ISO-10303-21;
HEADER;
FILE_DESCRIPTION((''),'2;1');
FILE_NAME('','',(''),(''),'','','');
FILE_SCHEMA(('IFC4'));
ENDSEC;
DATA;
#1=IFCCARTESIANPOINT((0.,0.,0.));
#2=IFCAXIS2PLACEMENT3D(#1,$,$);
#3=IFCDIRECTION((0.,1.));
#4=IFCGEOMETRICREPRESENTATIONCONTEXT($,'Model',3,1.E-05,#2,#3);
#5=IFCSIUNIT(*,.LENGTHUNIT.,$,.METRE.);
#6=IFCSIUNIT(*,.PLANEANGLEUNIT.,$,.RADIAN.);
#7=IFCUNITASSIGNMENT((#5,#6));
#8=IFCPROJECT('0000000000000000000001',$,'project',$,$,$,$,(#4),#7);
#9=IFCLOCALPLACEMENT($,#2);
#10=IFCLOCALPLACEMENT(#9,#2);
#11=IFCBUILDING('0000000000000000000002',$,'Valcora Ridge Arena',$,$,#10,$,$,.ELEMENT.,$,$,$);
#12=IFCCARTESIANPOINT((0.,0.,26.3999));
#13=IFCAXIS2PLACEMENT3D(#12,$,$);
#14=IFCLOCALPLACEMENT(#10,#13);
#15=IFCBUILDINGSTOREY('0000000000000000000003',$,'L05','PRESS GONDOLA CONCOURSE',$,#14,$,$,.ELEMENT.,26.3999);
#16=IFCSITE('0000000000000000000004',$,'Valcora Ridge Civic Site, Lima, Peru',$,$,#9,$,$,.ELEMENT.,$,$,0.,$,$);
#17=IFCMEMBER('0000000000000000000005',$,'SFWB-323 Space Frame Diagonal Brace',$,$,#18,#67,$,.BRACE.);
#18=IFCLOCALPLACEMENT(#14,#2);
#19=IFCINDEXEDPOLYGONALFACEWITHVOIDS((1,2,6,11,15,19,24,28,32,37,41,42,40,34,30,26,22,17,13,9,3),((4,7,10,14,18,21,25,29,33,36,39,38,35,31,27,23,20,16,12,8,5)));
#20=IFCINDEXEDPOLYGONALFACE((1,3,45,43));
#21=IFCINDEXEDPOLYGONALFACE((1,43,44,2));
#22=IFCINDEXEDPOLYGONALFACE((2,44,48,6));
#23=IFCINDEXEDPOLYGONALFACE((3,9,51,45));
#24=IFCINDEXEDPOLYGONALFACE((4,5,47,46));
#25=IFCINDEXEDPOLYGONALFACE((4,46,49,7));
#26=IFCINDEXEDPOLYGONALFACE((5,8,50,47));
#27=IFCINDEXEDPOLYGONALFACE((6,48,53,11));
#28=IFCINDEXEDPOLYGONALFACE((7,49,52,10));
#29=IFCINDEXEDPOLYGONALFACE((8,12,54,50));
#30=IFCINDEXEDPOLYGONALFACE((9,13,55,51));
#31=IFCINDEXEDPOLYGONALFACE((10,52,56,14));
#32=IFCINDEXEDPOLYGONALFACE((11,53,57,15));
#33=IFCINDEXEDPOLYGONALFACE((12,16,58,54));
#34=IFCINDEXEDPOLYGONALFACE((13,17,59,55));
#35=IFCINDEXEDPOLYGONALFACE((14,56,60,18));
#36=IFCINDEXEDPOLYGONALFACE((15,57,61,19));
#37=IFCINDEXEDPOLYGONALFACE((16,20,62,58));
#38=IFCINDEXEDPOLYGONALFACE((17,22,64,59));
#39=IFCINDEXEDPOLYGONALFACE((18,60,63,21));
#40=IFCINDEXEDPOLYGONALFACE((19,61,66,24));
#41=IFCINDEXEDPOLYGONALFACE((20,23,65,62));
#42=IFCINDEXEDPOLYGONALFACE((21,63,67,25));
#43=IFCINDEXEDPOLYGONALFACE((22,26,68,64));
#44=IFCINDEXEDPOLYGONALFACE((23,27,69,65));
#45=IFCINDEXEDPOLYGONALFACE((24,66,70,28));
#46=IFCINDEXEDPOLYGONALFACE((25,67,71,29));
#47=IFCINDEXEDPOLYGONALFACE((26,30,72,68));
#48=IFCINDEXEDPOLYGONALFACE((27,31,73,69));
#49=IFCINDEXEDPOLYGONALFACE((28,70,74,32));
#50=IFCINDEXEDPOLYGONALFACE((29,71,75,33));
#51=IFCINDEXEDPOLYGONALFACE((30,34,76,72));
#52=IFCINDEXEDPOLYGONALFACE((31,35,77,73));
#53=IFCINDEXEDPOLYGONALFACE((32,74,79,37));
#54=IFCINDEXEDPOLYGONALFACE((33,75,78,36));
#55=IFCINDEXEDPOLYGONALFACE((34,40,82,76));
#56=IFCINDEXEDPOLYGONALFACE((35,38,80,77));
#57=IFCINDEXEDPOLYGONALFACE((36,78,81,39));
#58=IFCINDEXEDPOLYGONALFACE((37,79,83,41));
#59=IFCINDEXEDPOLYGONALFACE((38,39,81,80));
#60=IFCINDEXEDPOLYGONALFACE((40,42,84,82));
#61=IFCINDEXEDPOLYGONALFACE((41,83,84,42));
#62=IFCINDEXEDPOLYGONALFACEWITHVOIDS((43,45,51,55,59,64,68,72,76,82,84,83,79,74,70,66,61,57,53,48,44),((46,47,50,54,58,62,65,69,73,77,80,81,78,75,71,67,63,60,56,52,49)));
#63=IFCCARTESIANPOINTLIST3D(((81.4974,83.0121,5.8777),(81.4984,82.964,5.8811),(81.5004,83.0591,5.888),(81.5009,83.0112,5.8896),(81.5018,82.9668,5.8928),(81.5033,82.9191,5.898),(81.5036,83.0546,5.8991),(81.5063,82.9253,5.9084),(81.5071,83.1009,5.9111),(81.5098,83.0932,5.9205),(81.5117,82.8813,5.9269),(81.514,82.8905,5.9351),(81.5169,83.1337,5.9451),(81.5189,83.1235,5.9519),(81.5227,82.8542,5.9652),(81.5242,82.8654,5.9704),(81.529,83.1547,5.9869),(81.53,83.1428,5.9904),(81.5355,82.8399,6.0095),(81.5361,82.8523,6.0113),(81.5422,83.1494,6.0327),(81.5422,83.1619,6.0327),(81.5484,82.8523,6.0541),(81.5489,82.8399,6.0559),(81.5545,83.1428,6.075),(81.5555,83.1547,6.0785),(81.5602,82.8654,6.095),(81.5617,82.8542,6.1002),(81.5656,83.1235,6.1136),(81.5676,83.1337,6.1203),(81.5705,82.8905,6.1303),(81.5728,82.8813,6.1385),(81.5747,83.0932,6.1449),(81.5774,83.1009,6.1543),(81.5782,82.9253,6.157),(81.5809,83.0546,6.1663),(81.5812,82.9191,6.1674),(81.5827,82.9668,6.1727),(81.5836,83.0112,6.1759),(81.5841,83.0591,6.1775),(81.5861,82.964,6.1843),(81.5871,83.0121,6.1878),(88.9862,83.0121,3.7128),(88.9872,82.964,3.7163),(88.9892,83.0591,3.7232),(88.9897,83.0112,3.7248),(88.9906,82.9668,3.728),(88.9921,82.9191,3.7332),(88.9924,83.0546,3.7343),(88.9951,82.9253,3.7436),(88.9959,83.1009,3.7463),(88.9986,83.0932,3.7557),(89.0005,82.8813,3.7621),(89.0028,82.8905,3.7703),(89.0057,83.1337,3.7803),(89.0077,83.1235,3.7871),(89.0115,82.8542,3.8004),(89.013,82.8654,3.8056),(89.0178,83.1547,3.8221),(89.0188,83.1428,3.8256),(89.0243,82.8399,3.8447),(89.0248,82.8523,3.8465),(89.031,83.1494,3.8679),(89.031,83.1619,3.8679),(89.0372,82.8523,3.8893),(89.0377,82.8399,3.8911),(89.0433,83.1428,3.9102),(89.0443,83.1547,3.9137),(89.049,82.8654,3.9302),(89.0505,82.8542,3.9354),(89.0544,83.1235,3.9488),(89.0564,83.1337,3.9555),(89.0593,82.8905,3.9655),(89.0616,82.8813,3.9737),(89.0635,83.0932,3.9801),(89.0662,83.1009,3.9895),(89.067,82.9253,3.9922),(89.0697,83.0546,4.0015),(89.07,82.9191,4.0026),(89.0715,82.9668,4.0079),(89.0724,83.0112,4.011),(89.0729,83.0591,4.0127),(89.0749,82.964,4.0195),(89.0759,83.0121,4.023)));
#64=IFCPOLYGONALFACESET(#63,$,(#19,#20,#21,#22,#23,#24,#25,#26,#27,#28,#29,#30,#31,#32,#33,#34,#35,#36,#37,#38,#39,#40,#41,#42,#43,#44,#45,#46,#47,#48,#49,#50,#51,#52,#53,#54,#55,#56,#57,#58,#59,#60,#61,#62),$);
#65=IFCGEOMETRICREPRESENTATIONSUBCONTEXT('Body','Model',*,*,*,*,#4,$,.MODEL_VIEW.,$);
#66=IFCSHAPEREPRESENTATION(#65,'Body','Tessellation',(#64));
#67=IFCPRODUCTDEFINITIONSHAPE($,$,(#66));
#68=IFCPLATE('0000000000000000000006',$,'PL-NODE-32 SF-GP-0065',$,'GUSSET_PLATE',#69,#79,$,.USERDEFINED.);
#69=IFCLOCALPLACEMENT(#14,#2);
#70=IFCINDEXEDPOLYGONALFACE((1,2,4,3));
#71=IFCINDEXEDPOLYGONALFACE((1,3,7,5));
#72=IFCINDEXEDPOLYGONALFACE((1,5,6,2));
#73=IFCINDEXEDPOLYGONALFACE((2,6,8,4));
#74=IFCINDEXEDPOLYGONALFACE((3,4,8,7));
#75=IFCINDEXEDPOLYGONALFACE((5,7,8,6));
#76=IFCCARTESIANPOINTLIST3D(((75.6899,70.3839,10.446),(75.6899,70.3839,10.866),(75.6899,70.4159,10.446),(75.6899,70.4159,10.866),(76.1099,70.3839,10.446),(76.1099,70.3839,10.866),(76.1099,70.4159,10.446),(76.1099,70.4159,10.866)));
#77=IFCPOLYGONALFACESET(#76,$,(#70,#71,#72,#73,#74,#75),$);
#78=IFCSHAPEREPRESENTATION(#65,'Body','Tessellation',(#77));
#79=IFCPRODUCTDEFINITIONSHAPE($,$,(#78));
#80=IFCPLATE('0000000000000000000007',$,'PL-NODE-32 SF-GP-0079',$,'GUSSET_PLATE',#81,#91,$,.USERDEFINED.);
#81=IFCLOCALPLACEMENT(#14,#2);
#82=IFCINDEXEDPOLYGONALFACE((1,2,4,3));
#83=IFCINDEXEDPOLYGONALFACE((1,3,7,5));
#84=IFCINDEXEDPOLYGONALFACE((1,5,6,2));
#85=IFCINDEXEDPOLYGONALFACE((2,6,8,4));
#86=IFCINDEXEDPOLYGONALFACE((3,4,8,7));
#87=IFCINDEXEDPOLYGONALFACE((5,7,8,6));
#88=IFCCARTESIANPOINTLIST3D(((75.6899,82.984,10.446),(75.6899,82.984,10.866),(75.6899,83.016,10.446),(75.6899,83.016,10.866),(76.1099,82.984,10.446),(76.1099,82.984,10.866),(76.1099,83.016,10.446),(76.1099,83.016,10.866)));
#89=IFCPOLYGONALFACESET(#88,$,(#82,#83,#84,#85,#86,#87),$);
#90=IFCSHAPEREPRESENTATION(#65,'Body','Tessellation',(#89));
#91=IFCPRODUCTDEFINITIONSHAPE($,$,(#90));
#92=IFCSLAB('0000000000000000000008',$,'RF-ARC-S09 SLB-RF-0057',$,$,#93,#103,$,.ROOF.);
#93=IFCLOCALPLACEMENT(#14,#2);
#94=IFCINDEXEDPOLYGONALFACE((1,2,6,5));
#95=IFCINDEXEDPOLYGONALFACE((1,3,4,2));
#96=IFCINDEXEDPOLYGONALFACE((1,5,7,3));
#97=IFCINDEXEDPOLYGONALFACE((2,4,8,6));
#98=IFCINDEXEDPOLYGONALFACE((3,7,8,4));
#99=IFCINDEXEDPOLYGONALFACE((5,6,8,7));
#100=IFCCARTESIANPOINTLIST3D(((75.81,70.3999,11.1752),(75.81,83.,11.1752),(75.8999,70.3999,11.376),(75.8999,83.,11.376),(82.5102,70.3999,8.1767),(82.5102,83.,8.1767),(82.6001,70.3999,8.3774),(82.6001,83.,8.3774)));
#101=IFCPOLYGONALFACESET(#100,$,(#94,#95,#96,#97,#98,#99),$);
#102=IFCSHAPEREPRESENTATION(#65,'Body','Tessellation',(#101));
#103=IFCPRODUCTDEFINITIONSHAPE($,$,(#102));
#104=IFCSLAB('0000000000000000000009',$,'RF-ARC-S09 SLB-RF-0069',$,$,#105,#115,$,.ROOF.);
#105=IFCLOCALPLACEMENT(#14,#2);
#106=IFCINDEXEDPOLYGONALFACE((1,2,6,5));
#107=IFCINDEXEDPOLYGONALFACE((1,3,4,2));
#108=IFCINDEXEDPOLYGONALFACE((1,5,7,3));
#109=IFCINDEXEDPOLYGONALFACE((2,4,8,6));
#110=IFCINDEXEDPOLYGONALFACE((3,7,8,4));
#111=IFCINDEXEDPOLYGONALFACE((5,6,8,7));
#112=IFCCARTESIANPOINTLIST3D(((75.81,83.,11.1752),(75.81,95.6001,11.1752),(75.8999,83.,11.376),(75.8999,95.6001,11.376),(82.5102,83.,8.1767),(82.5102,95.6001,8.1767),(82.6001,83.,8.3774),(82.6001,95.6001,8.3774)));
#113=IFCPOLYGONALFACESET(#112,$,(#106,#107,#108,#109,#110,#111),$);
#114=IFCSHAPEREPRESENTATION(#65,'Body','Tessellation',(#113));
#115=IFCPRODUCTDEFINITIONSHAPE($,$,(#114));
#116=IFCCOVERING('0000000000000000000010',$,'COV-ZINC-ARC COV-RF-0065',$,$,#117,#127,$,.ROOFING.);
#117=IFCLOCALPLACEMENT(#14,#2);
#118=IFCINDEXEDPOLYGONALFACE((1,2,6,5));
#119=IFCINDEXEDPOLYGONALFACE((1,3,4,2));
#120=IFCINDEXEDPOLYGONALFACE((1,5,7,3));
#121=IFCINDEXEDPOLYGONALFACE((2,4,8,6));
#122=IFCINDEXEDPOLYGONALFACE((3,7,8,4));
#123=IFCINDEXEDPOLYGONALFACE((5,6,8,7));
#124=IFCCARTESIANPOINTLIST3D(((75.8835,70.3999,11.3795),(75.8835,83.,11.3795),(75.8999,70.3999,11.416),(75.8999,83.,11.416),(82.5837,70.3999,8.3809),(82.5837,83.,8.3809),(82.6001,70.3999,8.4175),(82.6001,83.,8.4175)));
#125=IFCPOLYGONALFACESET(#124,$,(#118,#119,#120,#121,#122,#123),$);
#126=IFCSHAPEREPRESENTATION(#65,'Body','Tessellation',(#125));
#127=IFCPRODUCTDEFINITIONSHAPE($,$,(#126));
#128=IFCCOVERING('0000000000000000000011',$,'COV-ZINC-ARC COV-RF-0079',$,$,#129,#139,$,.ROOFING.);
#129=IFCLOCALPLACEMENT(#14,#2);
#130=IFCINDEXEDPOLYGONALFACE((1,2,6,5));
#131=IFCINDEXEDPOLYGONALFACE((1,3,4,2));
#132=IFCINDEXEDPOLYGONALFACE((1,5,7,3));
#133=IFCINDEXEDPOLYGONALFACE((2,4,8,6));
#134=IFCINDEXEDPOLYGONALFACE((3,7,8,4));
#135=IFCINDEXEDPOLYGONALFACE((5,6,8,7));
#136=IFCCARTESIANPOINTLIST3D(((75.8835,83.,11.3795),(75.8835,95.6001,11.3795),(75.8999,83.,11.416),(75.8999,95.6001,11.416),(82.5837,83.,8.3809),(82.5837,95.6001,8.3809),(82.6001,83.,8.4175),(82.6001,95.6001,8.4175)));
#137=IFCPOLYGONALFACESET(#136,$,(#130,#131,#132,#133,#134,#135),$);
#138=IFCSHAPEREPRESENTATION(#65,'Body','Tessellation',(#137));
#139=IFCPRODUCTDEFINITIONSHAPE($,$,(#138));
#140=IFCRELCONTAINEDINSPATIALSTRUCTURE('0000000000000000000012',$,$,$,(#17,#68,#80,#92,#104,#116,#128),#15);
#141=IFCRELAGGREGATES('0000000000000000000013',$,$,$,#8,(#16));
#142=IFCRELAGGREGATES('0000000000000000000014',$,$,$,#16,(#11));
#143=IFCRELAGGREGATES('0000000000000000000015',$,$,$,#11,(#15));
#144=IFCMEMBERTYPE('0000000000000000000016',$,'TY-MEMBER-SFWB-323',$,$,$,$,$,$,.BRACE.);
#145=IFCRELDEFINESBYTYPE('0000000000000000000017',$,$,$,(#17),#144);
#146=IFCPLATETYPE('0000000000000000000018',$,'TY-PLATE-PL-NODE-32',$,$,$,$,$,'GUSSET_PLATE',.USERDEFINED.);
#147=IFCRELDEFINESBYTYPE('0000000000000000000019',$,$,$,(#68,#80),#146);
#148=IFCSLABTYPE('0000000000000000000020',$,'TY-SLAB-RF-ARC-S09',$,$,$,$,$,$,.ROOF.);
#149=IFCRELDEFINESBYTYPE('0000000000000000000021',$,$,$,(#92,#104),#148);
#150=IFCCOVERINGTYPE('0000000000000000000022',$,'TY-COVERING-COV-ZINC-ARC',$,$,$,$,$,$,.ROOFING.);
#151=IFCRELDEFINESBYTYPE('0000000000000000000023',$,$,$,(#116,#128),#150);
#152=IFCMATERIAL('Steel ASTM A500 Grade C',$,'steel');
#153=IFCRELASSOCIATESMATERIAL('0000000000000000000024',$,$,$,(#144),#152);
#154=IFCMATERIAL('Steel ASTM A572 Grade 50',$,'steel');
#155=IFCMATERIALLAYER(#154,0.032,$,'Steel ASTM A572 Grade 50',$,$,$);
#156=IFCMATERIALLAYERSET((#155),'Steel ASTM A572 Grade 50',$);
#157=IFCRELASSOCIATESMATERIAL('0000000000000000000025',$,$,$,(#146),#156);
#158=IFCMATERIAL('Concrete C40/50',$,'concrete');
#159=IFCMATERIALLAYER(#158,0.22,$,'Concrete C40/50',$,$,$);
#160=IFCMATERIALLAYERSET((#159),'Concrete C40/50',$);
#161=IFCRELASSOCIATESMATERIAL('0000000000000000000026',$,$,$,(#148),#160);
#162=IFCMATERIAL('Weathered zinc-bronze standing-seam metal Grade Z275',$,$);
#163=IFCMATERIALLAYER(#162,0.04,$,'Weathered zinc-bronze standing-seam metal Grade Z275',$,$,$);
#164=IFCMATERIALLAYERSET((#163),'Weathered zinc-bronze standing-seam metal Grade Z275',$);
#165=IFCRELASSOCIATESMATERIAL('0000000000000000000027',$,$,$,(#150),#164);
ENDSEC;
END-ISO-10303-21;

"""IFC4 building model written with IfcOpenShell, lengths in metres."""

from ifc_helpers import new_model, si_unit, direction, frame, origin, origin_2d, place, context, subcontext, project, spatial, polyline, rectangle, hollow_circle, outline, extrude, material, layer, layer_set, material_profile, profile_set, type_object, element, save


model = new_model("IFC4")

# Units and contexts
model_context = context("Model", 3, precision=1e-05, world=origin(), true_north=direction((0.0, 1.0)))
body_context = subcontext(model_context, "Body", "Model", "MODEL_VIEW")
ifc_project = project(units=[si_unit("LENGTHUNIT", "METRE"), si_unit("PLANEANGLEUNIT", "RADIAN")], contexts=[model_context])

# Site, building, storey
site_placement = place(None, origin())
site = spatial("IfcSite", under=ifc_project, at=site_placement, Name="Valcora Ridge Civic Site, Lima, Peru", CompositionType="ELEMENT", RefElevation=0.0)
building_placement = place(site_placement, origin())
building = spatial("IfcBuilding", under=site, at=building_placement, Name="Valcora Ridge Arena", CompositionType="ELEMENT")
storey_placement = place(building_placement, frame((0.0, 0.0, 26.3999)))
storey = spatial("IfcBuildingStorey", under=building, at=storey_placement, Name="L05", Description="PRESS GONDOLA CONCOURSE", CompositionType="ELEMENT", Elevation=26.3999)

# Member
ifc_material_1 = material(Name="Steel ASTM A500 Grade C", Category="steel")
ifc_material_profile_1 = material_profile(ifc_material_1, hollow_circle(Radius=0.1619, WallThickness=0.0125, at=origin_2d()), Name="CHS323X12")
ifc_profile_set_1 = profile_set([ifc_material_profile_1], Name="Steel ASTM A500 Grade C")
member_type_1 = type_object("IfcMemberType", Name="TY-MEMBER-SFWB-323", PredefinedType="BRACE", material=ifc_profile_set_1)
member_1_placement = place(storey_placement, frame((81.5422, 83.0, 6.0327), z_axis=(0.960667, 0.0, -0.277702), x_axis=(0.0, 1.0, 0.0)))
element("IfcMember", 1, at=member_1_placement, inside=storey, type_object=member_type_1, Name="SFWB-323 Space Frame Diagonal Brace", PredefinedType="BRACE", context=body_context, shape_type="SweptSolid", body=[
    extrude(hollow_circle(Radius=0.1619, WallThickness=0.0125, at=origin_2d()), origin(), (0.0, 0.0, 1.0), 7.7954),
])

# Plates
ifc_material_2 = material(Name="Steel ASTM A572 Grade 50", Category="steel")
ifc_layer_1 = layer(ifc_material_2, 0.032, Name="Steel ASTM A572 Grade 50")
ifc_layer_set_1 = layer_set([ifc_layer_1], Name="Steel ASTM A572 Grade 50")
plate_type = type_object("IfcPlateType", Name="TY-PLATE-PL-NODE-32", ElementType="GUSSET_PLATE", PredefinedType="USERDEFINED", material=ifc_layer_set_1)
for number, where, z_axis, x_axis, name in (
    (2, (75.8999, 70.3999, 10.446), (0.0, 0.0, 1.0), (1.0, 0.0, 0.0), "PL-NODE-32 SF-GP-0065"),
    (3, (75.8999, 83.0, 10.446), (0.0, 0.0, 1.0), (1.0, 0.0, 0.0), "PL-NODE-32 SF-GP-0079"),
):
    element("IfcPlate", number, at=place(storey_placement, frame(where, z_axis=z_axis, x_axis=x_axis)), inside=storey, type_object=plate_type, Name=name, ObjectType="GUSSET_PLATE", PredefinedType="USERDEFINED", context=body_context, shape_type="SweptSolid", body=[
        extrude(rectangle(XDim=0.4199, YDim=0.032, at=origin_2d()), origin(), (0.0, 0.0, 1.0), 0.4199),
    ])

# Slabs
ifc_material_3 = material(Name="Concrete C40/50", Category="concrete")
ifc_layer_2 = layer(ifc_material_3, 0.22, Name="Concrete C40/50")
ifc_layer_set_2 = layer_set([ifc_layer_2], Name="Concrete C40/50")
slab_type = type_object("IfcSlabType", Name="TY-SLAB-RF-ARC-S09", PredefinedType="ROOF", material=ifc_layer_set_2)
for number, where, z_axis, x_axis, name in (
    (4, (75.8999, 70.3999, 11.376), (0.408489, 0.0, 0.912763), (0.912763, 0.0, -0.408489), "RF-ARC-S09 SLB-RF-0057"),
    (5, (75.8999, 83.0, 11.376), (0.408489, 0.0, 0.912763), (0.912763, 0.0, -0.408489), "RF-ARC-S09 SLB-RF-0069"),
):
    element("IfcSlab", number, at=place(storey_placement, frame(where, z_axis=z_axis, x_axis=x_axis)), inside=storey, type_object=slab_type, Name=name, PredefinedType="ROOF", context=body_context, shape_type="SweptSolid", body=[
        extrude(outline(polyline([(0.0, 0.0), (7.3406, 0.0), (7.3406, 12.6001), (0.0, 12.6001), (0.0, 0.0)])), origin(), (0.0, 0.0, -1.0), 0.22),
    ])

# Coverings
ifc_material_4 = material(Name="Weathered zinc-bronze standing-seam metal Grade Z275")
ifc_layer_3 = layer(ifc_material_4, 0.04, Name="Weathered zinc-bronze standing-seam metal Grade Z275")
ifc_layer_set_3 = layer_set([ifc_layer_3], Name="Weathered zinc-bronze standing-seam metal Grade Z275")
covering_type = type_object("IfcCoveringType", Name="TY-COVERING-COV-ZINC-ARC", PredefinedType="ROOFING", material=ifc_layer_set_3)
for number, where, z_axis, x_axis, name in (
    (6, (75.8999, 70.3999, 11.416), (0.408489, 0.0, 0.912763), (0.912763, 0.0, -0.408489), "COV-ZINC-ARC COV-RF-0065"),
    (7, (75.8999, 83.0, 11.416), (0.408489, 0.0, 0.912763), (0.912763, 0.0, -0.408489), "COV-ZINC-ARC COV-RF-0079"),
):
    element("IfcCovering", number, at=place(storey_placement, frame(where, z_axis=z_axis, x_axis=x_axis)), inside=storey, type_object=covering_type, Name=name, PredefinedType="ROOFING", context=body_context, shape_type="SweptSolid", body=[
        extrude(outline(polyline([(0.0, 0.0), (7.3406, 0.0), (7.3406, 12.6001), (0.0, 12.6001), (0.0, 0.0)])), origin(), (0.0, 0.0, -1.0), 0.04),
    ])

save(model, "model.ifc")
